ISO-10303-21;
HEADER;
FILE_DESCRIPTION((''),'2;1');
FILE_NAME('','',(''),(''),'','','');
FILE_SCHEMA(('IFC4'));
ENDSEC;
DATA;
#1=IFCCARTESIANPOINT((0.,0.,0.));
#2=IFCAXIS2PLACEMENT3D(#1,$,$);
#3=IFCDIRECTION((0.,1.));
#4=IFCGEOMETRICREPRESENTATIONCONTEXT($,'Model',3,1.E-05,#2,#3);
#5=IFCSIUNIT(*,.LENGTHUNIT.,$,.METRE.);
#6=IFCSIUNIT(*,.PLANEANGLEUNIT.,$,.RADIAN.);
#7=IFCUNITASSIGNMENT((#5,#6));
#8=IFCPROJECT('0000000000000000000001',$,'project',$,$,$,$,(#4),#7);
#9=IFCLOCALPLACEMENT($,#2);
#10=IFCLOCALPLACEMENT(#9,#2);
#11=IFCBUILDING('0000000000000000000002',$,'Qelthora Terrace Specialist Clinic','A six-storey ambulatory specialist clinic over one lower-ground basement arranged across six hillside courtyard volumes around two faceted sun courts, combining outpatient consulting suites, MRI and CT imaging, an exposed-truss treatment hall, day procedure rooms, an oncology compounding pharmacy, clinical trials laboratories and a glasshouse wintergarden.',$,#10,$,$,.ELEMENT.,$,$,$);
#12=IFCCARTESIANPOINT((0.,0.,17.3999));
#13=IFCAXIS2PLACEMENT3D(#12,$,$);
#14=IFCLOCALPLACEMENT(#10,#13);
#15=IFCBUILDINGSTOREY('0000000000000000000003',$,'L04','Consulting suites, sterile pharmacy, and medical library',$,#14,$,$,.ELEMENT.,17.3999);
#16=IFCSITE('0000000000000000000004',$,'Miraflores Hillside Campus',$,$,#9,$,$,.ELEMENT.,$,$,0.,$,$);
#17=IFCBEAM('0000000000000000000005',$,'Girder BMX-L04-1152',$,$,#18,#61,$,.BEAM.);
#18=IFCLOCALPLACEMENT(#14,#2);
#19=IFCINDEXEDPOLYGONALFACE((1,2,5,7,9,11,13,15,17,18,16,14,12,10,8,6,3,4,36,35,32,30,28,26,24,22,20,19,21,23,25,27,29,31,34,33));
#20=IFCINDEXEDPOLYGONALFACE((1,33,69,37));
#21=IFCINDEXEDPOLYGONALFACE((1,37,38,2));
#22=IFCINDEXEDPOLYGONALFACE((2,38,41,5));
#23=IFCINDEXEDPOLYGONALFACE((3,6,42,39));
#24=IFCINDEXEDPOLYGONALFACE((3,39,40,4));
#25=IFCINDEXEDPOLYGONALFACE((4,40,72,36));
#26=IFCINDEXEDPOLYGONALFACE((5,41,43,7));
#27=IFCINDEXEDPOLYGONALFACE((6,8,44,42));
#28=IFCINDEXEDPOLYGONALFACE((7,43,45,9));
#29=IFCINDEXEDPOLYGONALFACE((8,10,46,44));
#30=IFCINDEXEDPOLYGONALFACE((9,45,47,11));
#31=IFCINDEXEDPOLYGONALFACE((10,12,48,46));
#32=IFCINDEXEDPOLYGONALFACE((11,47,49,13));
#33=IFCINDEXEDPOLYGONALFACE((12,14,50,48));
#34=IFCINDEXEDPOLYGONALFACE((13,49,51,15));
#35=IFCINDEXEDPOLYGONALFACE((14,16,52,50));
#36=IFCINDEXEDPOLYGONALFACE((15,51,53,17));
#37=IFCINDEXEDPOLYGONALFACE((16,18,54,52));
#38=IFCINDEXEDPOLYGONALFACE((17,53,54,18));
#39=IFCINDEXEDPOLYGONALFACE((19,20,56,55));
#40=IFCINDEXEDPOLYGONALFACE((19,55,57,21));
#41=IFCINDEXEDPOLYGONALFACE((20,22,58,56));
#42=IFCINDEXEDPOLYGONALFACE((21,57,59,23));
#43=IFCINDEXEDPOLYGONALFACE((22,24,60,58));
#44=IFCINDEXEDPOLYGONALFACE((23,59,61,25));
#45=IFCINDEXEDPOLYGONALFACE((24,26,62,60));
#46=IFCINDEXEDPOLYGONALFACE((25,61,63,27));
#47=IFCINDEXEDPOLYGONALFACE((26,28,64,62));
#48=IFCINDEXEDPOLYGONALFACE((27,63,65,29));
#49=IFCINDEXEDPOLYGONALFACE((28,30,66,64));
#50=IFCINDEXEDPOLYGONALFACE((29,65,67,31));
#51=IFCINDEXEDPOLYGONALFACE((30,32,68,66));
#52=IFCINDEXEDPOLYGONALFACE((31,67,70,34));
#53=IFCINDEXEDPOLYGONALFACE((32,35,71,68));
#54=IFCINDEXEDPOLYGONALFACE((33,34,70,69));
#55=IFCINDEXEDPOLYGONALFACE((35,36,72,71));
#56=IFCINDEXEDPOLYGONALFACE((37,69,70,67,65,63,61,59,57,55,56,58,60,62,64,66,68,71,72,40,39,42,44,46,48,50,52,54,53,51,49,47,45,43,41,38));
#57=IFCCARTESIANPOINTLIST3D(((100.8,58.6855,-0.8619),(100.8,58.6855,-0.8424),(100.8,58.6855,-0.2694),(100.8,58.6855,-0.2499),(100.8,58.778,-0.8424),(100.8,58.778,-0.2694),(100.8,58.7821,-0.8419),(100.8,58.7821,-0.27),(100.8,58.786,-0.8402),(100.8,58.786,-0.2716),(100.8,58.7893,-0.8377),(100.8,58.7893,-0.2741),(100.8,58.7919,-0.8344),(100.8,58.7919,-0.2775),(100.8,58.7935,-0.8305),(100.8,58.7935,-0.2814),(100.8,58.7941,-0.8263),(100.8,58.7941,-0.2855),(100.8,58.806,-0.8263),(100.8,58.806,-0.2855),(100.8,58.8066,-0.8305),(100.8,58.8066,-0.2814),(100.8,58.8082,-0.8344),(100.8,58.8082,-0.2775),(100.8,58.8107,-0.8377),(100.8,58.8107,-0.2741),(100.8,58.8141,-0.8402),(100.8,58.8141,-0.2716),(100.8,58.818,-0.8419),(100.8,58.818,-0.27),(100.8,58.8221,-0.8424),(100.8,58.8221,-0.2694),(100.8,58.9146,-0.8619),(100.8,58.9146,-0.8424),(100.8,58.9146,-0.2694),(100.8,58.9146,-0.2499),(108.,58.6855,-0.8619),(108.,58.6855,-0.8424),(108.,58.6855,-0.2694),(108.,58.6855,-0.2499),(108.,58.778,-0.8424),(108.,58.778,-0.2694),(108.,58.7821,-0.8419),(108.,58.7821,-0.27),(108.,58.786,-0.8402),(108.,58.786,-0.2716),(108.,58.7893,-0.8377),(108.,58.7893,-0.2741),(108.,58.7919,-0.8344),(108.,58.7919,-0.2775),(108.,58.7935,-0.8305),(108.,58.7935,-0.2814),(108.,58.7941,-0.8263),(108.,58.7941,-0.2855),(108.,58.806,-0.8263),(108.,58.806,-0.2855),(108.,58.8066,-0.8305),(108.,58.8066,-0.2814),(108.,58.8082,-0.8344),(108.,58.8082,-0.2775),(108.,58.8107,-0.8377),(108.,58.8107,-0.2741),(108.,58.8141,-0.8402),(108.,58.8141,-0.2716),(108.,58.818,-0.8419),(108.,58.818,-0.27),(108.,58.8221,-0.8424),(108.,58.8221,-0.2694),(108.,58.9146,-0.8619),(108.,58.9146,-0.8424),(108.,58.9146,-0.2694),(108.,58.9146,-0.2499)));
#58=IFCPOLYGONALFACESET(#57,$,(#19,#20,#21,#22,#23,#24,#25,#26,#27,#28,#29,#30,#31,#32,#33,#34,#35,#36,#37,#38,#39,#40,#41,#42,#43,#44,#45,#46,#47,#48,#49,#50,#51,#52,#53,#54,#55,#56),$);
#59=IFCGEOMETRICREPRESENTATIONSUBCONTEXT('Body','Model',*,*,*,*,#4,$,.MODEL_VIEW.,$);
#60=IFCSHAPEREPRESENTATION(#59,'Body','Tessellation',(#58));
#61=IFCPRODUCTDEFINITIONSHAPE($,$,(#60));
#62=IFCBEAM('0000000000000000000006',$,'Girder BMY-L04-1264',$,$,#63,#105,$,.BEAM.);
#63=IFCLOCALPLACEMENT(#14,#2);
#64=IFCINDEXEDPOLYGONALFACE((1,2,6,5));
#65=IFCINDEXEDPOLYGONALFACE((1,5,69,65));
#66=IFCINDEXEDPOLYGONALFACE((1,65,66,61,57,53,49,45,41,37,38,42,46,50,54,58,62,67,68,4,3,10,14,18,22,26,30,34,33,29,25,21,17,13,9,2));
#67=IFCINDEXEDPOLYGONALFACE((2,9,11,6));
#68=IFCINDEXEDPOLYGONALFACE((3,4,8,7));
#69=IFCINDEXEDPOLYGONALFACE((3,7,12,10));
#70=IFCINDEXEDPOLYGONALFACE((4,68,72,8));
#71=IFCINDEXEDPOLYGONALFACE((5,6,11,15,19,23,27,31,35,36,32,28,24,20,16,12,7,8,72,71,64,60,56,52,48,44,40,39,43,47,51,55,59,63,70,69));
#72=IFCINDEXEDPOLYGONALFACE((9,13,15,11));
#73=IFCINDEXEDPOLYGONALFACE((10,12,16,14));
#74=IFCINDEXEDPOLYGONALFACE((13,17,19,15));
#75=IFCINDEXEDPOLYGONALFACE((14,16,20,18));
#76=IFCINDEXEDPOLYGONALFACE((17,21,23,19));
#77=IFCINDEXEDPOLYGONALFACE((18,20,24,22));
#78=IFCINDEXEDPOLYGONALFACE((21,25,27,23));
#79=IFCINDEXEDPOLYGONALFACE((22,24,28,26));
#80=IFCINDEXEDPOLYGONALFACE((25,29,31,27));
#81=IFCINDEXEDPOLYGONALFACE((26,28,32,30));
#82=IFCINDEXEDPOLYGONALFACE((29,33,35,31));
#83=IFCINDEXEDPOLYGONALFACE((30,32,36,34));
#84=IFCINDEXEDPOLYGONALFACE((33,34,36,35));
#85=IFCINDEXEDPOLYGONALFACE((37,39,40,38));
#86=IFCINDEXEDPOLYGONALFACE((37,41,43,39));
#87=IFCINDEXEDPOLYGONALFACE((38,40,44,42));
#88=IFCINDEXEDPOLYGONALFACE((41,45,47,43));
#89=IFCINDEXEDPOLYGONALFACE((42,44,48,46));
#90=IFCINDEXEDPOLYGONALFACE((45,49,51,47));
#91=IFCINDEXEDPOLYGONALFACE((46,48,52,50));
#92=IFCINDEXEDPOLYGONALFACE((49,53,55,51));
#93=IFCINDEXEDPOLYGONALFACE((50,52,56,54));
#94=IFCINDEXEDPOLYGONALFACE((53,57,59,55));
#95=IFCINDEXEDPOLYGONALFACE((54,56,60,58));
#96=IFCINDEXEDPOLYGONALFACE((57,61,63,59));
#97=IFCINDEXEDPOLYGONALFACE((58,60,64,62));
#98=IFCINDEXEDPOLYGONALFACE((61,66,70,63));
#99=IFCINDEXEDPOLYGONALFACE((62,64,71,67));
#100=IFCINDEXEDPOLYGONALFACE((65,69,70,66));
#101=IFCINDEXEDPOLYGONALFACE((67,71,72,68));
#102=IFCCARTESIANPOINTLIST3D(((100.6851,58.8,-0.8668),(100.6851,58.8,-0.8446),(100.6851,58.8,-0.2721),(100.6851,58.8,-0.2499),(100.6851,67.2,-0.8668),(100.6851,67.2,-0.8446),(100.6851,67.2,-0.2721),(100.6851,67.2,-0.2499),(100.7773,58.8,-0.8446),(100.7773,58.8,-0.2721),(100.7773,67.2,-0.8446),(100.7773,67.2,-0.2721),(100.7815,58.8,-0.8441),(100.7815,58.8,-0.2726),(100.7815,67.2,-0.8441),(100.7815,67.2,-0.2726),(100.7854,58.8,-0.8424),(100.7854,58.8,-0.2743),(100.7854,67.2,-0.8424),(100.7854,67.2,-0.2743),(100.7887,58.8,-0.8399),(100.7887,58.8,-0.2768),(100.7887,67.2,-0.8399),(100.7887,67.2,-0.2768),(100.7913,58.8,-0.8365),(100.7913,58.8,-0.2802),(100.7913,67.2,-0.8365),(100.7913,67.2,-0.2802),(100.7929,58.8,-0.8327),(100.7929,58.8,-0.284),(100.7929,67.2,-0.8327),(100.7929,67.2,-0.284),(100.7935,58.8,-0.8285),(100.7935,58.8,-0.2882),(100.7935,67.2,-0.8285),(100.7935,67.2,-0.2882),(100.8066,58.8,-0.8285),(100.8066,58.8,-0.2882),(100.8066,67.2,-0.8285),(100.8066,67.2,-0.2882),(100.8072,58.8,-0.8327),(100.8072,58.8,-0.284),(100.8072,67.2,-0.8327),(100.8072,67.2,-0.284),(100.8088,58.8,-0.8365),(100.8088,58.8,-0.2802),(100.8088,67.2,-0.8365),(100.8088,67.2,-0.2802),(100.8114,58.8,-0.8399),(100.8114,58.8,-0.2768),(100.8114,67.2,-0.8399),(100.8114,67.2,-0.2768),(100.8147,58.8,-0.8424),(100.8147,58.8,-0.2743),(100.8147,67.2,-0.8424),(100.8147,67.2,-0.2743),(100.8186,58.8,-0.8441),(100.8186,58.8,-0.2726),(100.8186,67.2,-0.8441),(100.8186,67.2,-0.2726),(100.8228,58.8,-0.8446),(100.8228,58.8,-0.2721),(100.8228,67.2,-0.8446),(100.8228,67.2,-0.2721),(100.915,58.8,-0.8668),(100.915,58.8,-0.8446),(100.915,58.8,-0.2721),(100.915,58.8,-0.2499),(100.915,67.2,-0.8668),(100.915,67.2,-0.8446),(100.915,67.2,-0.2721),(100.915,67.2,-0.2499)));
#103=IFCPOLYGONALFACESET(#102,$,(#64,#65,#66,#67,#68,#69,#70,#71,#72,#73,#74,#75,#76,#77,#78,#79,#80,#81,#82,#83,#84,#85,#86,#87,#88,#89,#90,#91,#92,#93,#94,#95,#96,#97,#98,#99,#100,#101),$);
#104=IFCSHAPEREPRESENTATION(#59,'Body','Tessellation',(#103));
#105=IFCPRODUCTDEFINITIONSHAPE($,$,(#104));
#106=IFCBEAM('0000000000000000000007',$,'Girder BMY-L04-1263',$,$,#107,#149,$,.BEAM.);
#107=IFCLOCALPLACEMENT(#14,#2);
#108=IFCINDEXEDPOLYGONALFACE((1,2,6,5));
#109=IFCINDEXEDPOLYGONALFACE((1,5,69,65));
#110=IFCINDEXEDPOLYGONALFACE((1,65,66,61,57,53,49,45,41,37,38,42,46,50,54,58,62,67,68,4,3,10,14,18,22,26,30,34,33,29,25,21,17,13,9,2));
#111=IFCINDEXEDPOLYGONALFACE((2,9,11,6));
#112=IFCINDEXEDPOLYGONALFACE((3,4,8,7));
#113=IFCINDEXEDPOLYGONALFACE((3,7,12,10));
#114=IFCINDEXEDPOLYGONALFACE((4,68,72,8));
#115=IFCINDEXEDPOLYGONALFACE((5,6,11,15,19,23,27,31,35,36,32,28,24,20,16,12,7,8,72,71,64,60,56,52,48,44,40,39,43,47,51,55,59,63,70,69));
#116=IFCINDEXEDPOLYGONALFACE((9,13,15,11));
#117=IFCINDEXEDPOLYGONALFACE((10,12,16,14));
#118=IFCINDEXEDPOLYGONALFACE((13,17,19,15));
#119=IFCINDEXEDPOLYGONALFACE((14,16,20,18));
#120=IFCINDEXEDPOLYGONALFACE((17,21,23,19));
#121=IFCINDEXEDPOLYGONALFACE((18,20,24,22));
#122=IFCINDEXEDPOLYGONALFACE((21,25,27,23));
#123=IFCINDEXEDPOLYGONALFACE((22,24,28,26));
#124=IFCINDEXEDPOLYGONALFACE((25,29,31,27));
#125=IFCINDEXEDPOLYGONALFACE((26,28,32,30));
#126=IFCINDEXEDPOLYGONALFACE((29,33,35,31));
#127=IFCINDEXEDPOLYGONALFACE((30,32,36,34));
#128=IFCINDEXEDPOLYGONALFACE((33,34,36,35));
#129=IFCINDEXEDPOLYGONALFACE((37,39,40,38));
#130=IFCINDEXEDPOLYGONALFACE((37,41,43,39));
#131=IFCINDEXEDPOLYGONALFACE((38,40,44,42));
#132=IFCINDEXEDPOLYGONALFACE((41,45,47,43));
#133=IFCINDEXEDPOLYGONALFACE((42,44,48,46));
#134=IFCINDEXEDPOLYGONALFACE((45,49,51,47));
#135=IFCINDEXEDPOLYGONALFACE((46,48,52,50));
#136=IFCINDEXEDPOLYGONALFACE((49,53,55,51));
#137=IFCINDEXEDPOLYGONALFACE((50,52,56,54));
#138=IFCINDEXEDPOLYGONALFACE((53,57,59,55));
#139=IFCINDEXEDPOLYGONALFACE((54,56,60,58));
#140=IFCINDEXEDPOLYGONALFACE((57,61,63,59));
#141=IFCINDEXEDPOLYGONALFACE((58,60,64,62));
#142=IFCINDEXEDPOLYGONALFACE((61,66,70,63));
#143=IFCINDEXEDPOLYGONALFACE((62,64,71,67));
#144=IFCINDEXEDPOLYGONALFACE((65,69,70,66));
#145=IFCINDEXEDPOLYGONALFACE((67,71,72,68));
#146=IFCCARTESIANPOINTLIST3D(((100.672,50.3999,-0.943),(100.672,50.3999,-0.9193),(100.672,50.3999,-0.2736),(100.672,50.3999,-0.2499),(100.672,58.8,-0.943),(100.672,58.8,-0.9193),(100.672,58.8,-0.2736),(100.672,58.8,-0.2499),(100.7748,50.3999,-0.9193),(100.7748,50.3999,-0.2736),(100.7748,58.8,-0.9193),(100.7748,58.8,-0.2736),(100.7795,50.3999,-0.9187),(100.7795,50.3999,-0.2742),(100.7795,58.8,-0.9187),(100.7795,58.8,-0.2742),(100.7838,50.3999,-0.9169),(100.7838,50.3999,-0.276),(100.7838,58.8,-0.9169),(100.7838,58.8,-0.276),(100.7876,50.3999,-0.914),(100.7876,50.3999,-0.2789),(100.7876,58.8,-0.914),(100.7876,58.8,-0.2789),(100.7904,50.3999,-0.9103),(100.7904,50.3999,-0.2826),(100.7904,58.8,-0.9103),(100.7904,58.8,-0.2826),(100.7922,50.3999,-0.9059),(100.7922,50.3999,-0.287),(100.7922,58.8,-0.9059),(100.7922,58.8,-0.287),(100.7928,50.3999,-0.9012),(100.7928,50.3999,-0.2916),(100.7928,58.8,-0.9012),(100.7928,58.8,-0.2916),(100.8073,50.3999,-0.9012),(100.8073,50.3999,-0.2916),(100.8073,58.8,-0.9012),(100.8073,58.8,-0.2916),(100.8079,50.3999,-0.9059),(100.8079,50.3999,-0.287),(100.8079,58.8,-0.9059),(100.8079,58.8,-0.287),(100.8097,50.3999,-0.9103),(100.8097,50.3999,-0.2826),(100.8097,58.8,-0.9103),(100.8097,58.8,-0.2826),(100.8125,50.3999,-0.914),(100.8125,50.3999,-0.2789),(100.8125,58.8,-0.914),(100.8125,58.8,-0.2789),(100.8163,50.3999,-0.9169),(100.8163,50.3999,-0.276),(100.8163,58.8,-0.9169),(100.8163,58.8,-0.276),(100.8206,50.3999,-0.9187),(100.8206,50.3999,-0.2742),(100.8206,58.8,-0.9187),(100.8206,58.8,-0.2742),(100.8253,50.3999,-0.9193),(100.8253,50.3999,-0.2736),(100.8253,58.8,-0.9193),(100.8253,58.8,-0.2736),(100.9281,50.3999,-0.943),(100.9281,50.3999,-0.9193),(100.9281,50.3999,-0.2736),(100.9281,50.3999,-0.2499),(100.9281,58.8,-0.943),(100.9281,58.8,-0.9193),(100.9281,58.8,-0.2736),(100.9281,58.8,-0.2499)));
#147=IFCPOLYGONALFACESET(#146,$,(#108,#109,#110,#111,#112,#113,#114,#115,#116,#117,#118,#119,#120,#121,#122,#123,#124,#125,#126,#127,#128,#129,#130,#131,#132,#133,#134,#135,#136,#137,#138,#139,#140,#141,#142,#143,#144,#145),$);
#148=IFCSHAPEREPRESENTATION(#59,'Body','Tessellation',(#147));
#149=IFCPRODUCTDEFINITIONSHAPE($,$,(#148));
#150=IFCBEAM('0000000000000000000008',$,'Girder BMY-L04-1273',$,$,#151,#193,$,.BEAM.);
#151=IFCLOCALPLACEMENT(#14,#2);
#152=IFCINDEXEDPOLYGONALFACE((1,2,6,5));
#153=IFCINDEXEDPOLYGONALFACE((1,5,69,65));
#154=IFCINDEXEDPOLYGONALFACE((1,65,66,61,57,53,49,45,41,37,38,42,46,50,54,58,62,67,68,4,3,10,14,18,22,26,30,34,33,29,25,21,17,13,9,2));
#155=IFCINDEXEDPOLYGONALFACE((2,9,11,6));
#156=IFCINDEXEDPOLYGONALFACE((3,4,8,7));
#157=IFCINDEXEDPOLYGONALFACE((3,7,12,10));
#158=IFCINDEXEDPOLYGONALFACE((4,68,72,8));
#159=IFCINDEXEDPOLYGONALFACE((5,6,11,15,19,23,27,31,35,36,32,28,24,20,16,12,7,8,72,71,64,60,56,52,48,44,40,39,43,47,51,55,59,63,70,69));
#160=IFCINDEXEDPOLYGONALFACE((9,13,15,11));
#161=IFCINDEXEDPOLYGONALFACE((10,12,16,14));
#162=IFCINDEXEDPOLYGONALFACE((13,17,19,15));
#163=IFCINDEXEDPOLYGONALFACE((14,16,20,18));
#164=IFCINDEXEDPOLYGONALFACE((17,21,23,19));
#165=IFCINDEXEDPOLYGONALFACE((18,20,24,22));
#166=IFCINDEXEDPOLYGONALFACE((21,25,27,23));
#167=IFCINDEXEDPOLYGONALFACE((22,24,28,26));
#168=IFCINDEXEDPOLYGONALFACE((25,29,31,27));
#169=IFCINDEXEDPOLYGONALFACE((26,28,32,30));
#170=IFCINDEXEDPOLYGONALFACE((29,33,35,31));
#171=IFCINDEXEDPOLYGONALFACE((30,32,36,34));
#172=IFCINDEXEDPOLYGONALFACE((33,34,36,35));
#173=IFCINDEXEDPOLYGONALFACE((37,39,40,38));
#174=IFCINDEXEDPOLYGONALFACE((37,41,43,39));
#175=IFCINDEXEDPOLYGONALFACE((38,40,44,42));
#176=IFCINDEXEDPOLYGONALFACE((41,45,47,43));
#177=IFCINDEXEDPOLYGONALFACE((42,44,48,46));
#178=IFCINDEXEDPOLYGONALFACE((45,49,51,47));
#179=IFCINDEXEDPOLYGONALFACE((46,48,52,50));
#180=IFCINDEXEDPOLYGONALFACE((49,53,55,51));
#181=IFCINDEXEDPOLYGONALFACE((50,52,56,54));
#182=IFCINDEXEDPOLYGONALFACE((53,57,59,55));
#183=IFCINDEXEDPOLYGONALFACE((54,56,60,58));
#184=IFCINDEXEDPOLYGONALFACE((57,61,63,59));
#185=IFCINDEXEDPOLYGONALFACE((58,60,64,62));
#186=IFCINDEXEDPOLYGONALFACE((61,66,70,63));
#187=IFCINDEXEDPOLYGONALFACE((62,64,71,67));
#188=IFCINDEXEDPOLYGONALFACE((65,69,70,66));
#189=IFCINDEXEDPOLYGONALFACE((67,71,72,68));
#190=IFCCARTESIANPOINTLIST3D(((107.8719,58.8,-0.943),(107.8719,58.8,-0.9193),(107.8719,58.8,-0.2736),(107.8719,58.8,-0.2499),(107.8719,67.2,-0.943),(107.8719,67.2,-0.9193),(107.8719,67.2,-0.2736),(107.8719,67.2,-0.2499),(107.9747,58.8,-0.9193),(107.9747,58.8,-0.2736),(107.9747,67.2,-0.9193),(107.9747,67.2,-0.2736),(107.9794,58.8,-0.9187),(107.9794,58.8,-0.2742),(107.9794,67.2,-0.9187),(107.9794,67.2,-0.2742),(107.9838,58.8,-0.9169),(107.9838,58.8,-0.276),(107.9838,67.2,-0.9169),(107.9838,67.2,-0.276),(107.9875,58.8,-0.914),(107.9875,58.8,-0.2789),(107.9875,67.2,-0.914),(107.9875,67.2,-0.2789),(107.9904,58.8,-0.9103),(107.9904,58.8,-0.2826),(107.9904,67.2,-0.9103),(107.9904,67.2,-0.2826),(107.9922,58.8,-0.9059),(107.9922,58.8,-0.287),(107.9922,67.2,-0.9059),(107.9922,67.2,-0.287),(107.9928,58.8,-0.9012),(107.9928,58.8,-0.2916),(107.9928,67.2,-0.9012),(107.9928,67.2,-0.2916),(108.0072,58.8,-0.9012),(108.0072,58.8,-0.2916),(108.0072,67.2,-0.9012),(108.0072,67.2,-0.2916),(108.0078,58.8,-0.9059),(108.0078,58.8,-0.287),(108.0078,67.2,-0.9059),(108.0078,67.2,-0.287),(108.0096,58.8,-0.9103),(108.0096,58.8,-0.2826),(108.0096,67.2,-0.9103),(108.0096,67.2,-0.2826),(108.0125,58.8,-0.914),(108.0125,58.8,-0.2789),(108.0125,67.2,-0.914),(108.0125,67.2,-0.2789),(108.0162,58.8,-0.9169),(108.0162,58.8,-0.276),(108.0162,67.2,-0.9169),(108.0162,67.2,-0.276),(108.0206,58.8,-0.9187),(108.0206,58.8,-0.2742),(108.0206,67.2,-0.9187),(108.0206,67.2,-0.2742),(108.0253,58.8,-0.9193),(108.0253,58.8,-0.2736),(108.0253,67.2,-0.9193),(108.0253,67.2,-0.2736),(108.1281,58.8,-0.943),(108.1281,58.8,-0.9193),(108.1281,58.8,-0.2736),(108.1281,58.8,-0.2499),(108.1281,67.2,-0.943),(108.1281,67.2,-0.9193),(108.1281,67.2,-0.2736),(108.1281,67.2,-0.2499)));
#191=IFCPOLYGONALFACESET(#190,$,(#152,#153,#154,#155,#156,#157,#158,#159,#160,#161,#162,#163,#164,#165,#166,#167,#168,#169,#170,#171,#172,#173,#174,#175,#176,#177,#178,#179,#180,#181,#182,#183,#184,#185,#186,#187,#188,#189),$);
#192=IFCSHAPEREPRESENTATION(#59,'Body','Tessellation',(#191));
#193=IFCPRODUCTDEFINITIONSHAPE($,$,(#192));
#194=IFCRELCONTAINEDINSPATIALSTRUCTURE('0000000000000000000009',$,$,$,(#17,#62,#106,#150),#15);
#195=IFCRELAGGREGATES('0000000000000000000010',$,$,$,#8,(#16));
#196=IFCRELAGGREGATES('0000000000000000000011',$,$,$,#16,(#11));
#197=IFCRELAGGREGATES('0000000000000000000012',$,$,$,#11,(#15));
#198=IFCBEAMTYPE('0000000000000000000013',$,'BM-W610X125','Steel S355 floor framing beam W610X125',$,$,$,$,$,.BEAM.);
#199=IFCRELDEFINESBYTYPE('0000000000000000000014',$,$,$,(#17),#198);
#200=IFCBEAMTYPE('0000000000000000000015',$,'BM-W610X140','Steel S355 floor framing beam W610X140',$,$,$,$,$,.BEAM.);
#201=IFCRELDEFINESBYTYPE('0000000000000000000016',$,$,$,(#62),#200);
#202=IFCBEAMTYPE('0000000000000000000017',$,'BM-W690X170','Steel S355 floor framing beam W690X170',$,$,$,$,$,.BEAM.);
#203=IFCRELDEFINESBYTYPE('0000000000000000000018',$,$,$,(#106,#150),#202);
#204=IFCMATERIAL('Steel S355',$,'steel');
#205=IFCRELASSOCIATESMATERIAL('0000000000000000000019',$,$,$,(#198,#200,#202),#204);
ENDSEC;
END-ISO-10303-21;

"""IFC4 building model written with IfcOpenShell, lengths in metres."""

from ifc_helpers import new_model, si_unit, direction, frame, origin, origin_2d, place, context, subcontext, project, spatial, i_section, extrude, material, material_profile, profile_set, type_object, element, save


model = new_model("IFC4")

# Units and contexts
model_context = context("Model", 3, precision=1e-05, world=origin(), true_north=direction((0.0, 1.0)))
body_context = subcontext(model_context, "Body", "Model", "MODEL_VIEW")
ifc_project = project(units=[si_unit("LENGTHUNIT", "METRE"), si_unit("PLANEANGLEUNIT", "RADIAN")], contexts=[model_context])

# Site, building, storey
site_placement = place(None, origin())
site = spatial("IfcSite", under=ifc_project, at=site_placement, Name="Miraflores Hillside Campus", CompositionType="ELEMENT", RefElevation=0.0)
building_placement = place(site_placement, origin())
building = spatial("IfcBuilding", under=site, at=building_placement, Name="Qelthora Terrace Specialist Clinic", Description="A six-storey ambulatory specialist clinic over one lower-ground basement arranged across six hillside courtyard volumes around two faceted sun courts, combining outpatient consulting suites, MRI and CT imaging, an exposed-truss treatment hall, day procedure rooms, an oncology compounding pharmacy, clinical trials laboratories and a glasshouse wintergarden.", CompositionType="ELEMENT")
storey_placement = place(building_placement, frame((0.0, 0.0, 17.3999)))
storey = spatial("IfcBuildingStorey", under=building, at=storey_placement, Name="L04", Description="Consulting suites, sterile pharmacy, and medical library", CompositionType="ELEMENT", Elevation=17.3999)

# Shared definitions
ifc_material_1 = material(Name="Steel S355", Category="steel")

# Beams
ifc_material_profile_1 = material_profile(ifc_material_1, i_section(OverallWidth=0.229, OverallDepth=0.6121, WebThickness=0.012, FlangeThickness=0.0195, FilletRadius=0.0161, at=origin_2d()), Name="W610X125")
ifc_profile_set_1 = profile_set([ifc_material_profile_1], Name="Steel S355")
beam_type_1 = type_object("IfcBeamType", Name="BM-W610X125", Description="Steel S355 floor framing beam W610X125", PredefinedType="BEAM", material=ifc_profile_set_1)
beam_1_placement = place(storey_placement, frame((100.8, 58.8, -0.5559), z_axis=(1.0, 0.0, 0.0), x_axis=(0.0, 1.0, 0.0)))
element("IfcBeam", 1, at=beam_1_placement, inside=storey, type_object=beam_type_1, Name="Girder BMX-L04-1152", PredefinedType="BEAM", context=body_context, shape_type="SweptSolid", body=[
    extrude(i_section(OverallWidth=0.229, OverallDepth=0.6121, WebThickness=0.012, FlangeThickness=0.0195, FilletRadius=0.0161, at=origin_2d()), origin(), (0.0, 0.0, 1.0), 7.2),
])
ifc_material_profile_2 = material_profile(ifc_material_1, i_section(OverallWidth=0.23, OverallDepth=0.6169, WebThickness=0.0132, FlangeThickness=0.0222, FilletRadius=0.0161, at=origin_2d()), Name="W610X140")
ifc_profile_set_2 = profile_set([ifc_material_profile_2], Name="Steel S355")
beam_type_2 = type_object("IfcBeamType", Name="BM-W610X140", Description="Steel S355 floor framing beam W610X140", PredefinedType="BEAM", material=ifc_profile_set_2)
beam_2_placement = place(storey_placement, frame((100.8, 58.8, -0.5583), z_axis=(0.0, 1.0, 0.0), x_axis=(-1.0, 0.0, 0.0)))
element("IfcBeam", 2, at=beam_2_placement, inside=storey, type_object=beam_type_2, Name="Girder BMY-L04-1264", PredefinedType="BEAM", context=body_context, shape_type="SweptSolid", body=[
    extrude(i_section(OverallWidth=0.23, OverallDepth=0.6169, WebThickness=0.0132, FlangeThickness=0.0222, FilletRadius=0.0161, at=origin_2d()), origin(), (0.0, 0.0, 1.0), 8.3999),
])
ifc_material_profile_3 = material_profile(ifc_material_1, i_section(OverallWidth=0.2561, OverallDepth=0.6931, WebThickness=0.0144, FlangeThickness=0.0237, FilletRadius=0.0181, at=origin_2d()), Name="W690X170")
ifc_profile_set_3 = profile_set([ifc_material_profile_3], Name="Steel S355")
beam_type_3 = type_object("IfcBeamType", Name="BM-W690X170", Description="Steel S355 floor framing beam W690X170", PredefinedType="BEAM", material=ifc_profile_set_3)
beam_3_placement = place(storey_placement, frame((100.8, 50.3999, -0.5964), z_axis=(0.0, 1.0, 0.0), x_axis=(-1.0, 0.0, 0.0)))
element("IfcBeam", 3, at=beam_3_placement, inside=storey, type_object=beam_type_3, Name="Girder BMY-L04-1263", PredefinedType="BEAM", context=body_context, shape_type="SweptSolid", body=[
    extrude(i_section(OverallWidth=0.2561, OverallDepth=0.6931, WebThickness=0.0144, FlangeThickness=0.0237, FilletRadius=0.0181, at=origin_2d()), origin(), (0.0, 0.0, 1.0), 8.4001),
])
beam_4_placement = place(storey_placement, frame((108.0, 58.8, -0.5964), z_axis=(0.0, 1.0, 0.0), x_axis=(-1.0, 0.0, 0.0)))
element("IfcBeam", 4, at=beam_4_placement, inside=storey, type_object=beam_type_3, Name="Girder BMY-L04-1273", PredefinedType="BEAM", context=body_context, shape_type="SweptSolid", body=[
    extrude(i_section(OverallWidth=0.2561, OverallDepth=0.6931, WebThickness=0.0144, FlangeThickness=0.0237, FilletRadius=0.0181, at=origin_2d()), origin(), (0.0, 0.0, 1.0), 8.3999),
])

save(model, "model.ifc")
